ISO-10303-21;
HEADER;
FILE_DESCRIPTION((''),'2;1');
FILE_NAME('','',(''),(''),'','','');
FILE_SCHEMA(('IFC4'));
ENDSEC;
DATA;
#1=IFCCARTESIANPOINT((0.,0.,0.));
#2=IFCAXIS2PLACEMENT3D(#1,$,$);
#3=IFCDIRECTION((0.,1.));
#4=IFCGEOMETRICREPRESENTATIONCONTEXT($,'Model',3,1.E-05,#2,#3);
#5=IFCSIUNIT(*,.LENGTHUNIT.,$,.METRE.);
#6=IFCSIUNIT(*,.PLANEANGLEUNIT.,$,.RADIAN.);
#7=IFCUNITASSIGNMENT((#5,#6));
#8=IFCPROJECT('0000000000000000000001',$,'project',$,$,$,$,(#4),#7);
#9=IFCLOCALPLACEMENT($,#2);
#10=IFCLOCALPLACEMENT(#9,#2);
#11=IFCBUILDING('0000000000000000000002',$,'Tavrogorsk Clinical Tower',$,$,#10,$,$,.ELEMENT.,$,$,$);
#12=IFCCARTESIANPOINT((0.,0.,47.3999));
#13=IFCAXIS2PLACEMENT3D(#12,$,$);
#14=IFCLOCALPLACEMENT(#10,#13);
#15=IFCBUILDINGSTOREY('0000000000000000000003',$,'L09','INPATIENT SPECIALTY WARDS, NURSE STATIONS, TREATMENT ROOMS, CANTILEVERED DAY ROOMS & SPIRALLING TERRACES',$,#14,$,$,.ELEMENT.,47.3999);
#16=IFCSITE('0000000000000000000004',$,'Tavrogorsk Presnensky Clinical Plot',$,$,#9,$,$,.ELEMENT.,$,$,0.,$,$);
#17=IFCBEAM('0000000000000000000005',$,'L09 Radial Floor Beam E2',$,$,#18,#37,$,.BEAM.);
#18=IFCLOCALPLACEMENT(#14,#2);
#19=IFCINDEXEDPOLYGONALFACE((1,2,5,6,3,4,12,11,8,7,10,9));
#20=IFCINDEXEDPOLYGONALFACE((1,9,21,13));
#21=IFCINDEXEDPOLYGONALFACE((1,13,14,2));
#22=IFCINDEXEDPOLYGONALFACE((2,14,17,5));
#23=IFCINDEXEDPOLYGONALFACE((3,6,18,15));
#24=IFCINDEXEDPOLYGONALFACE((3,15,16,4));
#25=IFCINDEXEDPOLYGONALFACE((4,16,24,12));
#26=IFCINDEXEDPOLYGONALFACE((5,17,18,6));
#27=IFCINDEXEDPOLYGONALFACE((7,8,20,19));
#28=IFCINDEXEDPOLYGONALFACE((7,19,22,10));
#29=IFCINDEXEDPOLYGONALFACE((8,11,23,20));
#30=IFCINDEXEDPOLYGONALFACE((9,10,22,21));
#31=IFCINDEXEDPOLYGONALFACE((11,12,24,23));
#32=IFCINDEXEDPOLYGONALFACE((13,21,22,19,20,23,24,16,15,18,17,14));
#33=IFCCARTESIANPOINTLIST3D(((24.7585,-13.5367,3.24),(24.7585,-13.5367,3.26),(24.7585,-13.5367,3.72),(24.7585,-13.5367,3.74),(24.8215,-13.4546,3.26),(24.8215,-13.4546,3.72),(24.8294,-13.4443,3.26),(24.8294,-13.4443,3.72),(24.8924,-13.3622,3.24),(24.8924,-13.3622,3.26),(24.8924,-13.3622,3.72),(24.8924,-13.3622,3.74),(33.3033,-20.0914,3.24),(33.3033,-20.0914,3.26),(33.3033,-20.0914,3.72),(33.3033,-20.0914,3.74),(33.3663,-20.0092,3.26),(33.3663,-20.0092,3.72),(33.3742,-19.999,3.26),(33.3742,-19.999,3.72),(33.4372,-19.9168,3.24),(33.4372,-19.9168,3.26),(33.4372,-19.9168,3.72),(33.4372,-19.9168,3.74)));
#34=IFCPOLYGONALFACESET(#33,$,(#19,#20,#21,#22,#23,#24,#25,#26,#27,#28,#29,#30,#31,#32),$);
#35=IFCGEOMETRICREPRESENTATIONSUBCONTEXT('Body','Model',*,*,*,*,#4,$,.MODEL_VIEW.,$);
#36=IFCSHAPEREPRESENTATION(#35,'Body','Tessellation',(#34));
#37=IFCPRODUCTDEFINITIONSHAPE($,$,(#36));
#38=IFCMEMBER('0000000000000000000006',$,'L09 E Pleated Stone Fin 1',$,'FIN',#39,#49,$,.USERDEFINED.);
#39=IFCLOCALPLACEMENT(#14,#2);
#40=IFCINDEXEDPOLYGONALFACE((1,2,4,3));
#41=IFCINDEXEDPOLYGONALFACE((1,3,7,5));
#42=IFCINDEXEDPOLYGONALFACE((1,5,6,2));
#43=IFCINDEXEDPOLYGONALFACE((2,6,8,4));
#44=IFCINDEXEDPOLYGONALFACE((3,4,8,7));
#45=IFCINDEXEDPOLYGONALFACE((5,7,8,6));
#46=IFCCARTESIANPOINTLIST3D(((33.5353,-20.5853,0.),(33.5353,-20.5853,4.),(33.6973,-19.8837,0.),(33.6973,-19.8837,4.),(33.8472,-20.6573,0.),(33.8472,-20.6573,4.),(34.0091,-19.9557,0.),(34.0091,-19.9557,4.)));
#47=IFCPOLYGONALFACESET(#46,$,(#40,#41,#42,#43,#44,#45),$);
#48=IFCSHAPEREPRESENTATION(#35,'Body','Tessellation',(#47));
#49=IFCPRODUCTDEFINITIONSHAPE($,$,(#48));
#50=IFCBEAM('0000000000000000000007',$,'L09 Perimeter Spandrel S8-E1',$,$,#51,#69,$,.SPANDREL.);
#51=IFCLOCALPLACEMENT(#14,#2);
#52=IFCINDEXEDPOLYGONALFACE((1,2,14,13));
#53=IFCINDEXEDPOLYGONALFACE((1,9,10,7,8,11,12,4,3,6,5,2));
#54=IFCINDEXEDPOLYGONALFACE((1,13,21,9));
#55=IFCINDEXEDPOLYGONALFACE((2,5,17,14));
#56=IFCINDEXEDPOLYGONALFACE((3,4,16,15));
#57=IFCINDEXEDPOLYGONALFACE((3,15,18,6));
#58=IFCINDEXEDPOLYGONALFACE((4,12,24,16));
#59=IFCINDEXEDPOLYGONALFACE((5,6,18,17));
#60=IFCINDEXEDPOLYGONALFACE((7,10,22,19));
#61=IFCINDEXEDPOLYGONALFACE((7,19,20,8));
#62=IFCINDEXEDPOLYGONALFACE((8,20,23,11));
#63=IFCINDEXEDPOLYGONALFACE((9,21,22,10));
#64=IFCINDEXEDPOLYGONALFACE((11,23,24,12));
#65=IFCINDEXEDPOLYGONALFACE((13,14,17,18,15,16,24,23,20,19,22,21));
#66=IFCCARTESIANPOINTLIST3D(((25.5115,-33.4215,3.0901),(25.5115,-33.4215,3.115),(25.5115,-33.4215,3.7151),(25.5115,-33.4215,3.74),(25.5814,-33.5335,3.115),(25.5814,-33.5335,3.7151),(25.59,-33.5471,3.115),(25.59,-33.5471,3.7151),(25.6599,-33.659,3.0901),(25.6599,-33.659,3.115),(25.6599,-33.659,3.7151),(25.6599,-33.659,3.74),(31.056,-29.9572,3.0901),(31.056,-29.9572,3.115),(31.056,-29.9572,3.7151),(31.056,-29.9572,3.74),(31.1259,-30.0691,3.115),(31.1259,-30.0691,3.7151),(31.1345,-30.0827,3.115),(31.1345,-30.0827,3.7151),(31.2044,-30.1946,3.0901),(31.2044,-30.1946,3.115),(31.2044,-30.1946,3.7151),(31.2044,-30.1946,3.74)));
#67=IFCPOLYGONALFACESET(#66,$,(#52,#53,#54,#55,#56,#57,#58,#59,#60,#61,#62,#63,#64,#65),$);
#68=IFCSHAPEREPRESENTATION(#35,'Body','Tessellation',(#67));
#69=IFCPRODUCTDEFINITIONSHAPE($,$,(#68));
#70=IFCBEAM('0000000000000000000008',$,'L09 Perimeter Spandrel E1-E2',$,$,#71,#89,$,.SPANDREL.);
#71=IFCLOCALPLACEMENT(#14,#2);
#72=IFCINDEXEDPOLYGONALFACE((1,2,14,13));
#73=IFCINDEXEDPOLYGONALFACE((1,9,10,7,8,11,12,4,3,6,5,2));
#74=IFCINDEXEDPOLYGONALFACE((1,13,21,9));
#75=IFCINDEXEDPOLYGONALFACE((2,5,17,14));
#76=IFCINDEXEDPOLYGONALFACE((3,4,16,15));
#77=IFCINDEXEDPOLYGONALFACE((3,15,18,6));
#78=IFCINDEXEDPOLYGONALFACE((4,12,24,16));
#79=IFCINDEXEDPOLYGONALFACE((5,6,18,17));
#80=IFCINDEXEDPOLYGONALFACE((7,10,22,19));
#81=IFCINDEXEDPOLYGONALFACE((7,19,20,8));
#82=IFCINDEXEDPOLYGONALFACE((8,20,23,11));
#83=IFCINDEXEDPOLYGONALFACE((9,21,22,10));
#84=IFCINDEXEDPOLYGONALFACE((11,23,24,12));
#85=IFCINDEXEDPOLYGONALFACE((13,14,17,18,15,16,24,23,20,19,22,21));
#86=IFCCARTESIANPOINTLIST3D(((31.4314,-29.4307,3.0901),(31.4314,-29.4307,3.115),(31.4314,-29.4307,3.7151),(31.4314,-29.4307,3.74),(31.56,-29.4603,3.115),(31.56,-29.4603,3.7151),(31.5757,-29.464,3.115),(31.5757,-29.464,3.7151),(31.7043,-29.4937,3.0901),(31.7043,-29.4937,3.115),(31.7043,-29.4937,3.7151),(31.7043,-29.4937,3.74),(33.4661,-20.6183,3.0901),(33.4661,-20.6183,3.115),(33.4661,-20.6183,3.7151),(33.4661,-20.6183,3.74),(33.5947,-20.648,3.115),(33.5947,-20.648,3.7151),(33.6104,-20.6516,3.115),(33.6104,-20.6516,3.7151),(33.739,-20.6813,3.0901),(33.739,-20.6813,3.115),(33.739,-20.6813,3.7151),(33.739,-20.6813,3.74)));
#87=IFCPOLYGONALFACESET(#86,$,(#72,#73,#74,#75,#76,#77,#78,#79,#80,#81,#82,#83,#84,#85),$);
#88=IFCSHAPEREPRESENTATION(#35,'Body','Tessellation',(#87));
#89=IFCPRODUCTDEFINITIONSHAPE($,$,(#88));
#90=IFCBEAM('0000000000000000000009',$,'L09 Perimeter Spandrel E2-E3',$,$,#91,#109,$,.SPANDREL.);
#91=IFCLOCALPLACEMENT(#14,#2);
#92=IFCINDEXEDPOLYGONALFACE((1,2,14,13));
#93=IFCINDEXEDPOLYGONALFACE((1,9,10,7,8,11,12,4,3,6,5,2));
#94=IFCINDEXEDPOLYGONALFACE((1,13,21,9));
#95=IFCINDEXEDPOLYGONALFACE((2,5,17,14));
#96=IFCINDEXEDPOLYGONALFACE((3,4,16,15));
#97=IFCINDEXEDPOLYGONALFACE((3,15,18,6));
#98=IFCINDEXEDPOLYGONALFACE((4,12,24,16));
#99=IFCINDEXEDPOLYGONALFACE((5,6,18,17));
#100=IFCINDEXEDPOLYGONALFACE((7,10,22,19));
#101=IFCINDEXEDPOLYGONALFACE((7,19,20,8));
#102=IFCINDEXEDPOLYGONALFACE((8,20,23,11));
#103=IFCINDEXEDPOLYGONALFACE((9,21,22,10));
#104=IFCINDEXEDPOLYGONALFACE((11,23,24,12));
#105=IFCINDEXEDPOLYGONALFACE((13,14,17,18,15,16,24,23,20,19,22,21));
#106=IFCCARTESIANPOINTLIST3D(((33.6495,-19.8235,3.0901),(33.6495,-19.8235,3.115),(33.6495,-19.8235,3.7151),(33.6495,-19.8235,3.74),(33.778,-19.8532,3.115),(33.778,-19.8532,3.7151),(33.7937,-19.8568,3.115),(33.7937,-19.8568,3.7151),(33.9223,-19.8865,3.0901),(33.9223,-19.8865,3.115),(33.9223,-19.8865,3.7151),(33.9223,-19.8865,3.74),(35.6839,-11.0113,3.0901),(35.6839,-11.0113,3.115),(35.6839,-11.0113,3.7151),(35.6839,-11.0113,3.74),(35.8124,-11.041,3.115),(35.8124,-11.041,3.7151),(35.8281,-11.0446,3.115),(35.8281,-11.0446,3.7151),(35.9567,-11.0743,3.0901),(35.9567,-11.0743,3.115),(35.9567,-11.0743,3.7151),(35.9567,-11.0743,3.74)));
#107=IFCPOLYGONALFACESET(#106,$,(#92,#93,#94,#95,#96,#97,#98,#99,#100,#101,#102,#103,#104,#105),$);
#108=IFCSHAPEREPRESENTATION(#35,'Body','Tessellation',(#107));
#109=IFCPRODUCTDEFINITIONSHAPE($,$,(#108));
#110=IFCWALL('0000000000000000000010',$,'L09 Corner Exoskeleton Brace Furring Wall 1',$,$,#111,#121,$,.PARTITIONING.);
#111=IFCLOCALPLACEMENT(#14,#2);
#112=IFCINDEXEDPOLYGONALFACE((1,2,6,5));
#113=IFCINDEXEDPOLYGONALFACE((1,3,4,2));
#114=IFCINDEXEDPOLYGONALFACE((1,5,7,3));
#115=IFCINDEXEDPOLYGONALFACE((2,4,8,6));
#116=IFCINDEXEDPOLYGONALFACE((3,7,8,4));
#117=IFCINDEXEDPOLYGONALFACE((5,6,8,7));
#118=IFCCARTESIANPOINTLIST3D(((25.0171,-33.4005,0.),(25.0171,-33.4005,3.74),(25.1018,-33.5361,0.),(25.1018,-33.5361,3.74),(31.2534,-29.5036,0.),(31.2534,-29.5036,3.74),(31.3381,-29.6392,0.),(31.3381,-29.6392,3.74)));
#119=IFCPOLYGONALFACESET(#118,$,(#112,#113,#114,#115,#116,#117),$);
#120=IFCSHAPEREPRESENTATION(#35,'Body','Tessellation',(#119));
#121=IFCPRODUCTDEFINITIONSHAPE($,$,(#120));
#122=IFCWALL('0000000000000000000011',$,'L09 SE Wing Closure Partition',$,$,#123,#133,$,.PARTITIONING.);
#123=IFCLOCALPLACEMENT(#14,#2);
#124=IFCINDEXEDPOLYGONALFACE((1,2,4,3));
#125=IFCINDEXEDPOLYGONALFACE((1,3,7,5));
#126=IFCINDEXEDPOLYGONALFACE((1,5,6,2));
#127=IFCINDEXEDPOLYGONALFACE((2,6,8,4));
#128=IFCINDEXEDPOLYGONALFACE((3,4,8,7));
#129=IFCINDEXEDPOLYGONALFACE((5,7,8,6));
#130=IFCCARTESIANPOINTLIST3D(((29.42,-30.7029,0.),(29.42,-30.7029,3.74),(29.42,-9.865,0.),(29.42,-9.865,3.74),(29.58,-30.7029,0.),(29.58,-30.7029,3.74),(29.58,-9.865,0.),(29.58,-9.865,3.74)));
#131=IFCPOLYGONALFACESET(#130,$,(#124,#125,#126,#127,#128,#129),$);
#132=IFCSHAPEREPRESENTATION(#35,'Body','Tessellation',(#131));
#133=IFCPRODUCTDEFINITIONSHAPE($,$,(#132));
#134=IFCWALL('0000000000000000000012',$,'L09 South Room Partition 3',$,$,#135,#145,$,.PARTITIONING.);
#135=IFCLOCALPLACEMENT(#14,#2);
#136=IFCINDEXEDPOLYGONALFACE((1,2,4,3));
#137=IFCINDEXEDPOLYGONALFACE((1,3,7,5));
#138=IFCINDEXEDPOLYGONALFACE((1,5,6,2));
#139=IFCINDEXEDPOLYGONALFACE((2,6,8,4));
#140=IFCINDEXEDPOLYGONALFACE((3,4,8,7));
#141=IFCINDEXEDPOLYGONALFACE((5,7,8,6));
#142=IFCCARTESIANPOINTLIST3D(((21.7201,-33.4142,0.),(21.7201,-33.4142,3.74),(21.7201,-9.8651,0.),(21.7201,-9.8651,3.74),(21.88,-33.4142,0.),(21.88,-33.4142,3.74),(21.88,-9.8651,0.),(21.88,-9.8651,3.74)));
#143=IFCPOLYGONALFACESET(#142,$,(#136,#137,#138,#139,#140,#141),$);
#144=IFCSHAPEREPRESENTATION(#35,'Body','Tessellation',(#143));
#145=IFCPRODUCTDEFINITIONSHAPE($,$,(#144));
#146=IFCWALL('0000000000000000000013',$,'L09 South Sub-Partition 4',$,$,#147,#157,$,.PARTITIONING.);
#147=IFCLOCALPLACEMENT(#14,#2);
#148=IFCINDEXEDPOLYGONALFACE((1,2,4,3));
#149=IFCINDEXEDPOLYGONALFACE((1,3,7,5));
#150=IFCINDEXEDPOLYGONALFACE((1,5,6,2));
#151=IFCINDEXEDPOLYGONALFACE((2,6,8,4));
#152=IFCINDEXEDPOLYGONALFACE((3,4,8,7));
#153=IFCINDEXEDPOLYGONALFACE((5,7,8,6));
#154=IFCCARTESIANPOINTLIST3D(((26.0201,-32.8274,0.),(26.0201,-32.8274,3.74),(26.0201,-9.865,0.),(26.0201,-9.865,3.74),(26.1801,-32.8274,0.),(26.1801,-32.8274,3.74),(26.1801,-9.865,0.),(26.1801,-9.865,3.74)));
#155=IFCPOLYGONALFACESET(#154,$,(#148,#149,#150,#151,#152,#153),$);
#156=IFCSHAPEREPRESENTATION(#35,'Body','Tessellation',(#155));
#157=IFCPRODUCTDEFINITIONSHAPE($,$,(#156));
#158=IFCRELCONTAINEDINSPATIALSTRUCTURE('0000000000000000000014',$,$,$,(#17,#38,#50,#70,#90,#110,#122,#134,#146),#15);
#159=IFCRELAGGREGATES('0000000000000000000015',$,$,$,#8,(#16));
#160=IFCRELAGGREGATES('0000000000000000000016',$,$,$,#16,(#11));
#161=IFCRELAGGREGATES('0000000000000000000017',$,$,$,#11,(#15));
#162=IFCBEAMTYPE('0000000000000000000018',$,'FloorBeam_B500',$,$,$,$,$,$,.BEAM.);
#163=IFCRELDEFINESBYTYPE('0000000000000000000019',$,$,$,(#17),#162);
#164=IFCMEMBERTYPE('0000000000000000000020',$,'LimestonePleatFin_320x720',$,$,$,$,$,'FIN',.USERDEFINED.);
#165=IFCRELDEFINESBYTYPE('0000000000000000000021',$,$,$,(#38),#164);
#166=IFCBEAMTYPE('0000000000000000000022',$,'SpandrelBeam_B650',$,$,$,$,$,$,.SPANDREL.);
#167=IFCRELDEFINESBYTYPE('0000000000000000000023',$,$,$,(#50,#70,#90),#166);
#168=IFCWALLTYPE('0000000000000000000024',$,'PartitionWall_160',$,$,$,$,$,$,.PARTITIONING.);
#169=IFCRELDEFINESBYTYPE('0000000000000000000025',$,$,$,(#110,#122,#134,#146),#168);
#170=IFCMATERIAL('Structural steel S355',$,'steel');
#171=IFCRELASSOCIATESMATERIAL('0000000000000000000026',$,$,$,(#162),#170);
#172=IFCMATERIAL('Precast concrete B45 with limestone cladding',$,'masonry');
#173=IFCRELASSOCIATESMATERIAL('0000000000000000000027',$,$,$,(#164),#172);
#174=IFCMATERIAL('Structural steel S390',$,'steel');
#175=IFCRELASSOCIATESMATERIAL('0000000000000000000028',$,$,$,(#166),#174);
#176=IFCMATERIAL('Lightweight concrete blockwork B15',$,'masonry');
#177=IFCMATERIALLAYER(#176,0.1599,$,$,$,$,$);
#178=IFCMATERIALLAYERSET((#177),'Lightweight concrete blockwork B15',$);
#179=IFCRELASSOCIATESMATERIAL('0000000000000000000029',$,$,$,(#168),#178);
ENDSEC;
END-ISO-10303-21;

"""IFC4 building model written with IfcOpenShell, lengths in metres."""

from ifc_helpers import new_model, si_unit, direction, frame, frame_2d, origin, origin_2d, place, context, subcontext, project, spatial, rectangle, i_section, extrude, material, layer, layer_set, material_profile, profile_set, type_object, element, save


model = new_model("IFC4")

# Units and contexts
model_context = context("Model", 3, precision=1e-05, world=origin(), true_north=direction((0.0, 1.0)))
body_context = subcontext(model_context, "Body", "Model", "MODEL_VIEW")
ifc_project = project(units=[si_unit("LENGTHUNIT", "METRE"), si_unit("PLANEANGLEUNIT", "RADIAN")], contexts=[model_context])

# Site, building, storey
site_placement = place(None, origin())
site = spatial("IfcSite", under=ifc_project, at=site_placement, Name="Tavrogorsk Presnensky Clinical Plot", CompositionType="ELEMENT", RefElevation=0.0)
building_placement = place(site_placement, origin())
building = spatial("IfcBuilding", under=site, at=building_placement, Name="Tavrogorsk Clinical Tower", CompositionType="ELEMENT")
storey_placement = place(building_placement, frame((0.0, 0.0, 47.3999)))
storey = spatial("IfcBuildingStorey", under=building, at=storey_placement, Name="L09", Description="INPATIENT SPECIALTY WARDS, NURSE STATIONS, TREATMENT ROOMS, CANTILEVERED DAY ROOMS & SPIRALLING TERRACES", CompositionType="ELEMENT", Elevation=47.3999)

# Beam
ifc_material_1 = material(Name="Structural steel S355", Category="steel")
ifc_material_profile_1 = material_profile(ifc_material_1, i_section(OverallWidth=0.22, OverallDepth=0.5, WebThickness=0.0129, FlangeThickness=0.02, at=origin_2d()), Name="B-500x220x13x20")
ifc_profile_set_1 = profile_set([ifc_material_profile_1], Name="Structural steel S355")
beam_type_1 = type_object("IfcBeamType", Name="FloorBeam_B500", PredefinedType="BEAM", material=ifc_profile_set_1)
beam_1_placement = place(storey_placement, frame((24.8254, -13.4495, 3.49), z_axis=(0.793446, -0.608641, 0.0), x_axis=(0.608641, 0.793446, 0.0)))
element("IfcBeam", 1, at=beam_1_placement, inside=storey, type_object=beam_type_1, Name="L09 Radial Floor Beam E2", PredefinedType="BEAM", context=body_context, shape_type="SweptSolid", body=[
    extrude(i_section(OverallWidth=0.22, OverallDepth=0.5, WebThickness=0.0129, FlangeThickness=0.02, at=origin_2d()), origin(), (0.0, 0.0, 1.0), 10.7693),
])

# Member
ifc_material_2 = material(Name="Precast concrete B45 with limestone cladding", Category="masonry")
ifc_material_profile_2 = material_profile(ifc_material_2, rectangle(XDim=0.3201, YDim=0.72, at=origin_2d()), Name="LIMESTONE-FIN-320x720")
ifc_profile_set_2 = profile_set([ifc_material_profile_2], Name="Precast concrete B45 with limestone cladding")
member_type_1 = type_object("IfcMemberType", Name="LimestonePleatFin_320x720", ElementType="FIN", PredefinedType="USERDEFINED", material=ifc_profile_set_2)
member_1_placement = place(storey_placement, frame((33.7722, -20.2705, 0.0), z_axis=(0.0, 0.0, 1.0), x_axis=(0.97437, -0.224951, 0.0)))
element("IfcMember", 2, at=member_1_placement, inside=storey, type_object=member_type_1, Name="L09 E Pleated Stone Fin 1", ObjectType="FIN", PredefinedType="USERDEFINED", context=body_context, shape_type="SweptSolid", body=[
    extrude(rectangle(XDim=0.3201, YDim=0.72, at=origin_2d()), origin(), (0.0, 0.0, 1.0), 4.0),
])

# Beams
ifc_material_3 = material(Name="Structural steel S390", Category="steel")
ifc_material_profile_3 = material_profile(ifc_material_3, i_section(OverallWidth=0.28, OverallDepth=0.6499, WebThickness=0.0161, FlangeThickness=0.0249, at=origin_2d()), Name="B-650x280x16x25")
ifc_profile_set_3 = profile_set([ifc_material_profile_3], Name="Structural steel S390")
beam_type_2 = type_object("IfcBeamType", Name="SpandrelBeam_B650", PredefinedType="SPANDREL", material=ifc_profile_set_3)
beam_2_placement = place(storey_placement, frame((25.5857, -33.5403, 3.415), z_axis=(0.848061, 0.529898, 0.0), x_axis=(-0.529898, 0.848061, 0.0)))
element("IfcBeam", 3, at=beam_2_placement, inside=storey, type_object=beam_type_2, Name="L09 Perimeter Spandrel S8-E1", PredefinedType="SPANDREL", context=body_context, shape_type="SweptSolid", body=[
    extrude(i_section(OverallWidth=0.28, OverallDepth=0.6499, WebThickness=0.0161, FlangeThickness=0.0249, at=origin_2d()), origin(), (0.0, 0.0, 1.0), 6.5378),
])
beam_3_placement = place(storey_placement, frame((31.5679, -29.4622, 3.415), z_axis=(0.224972, 0.974365, 0.0), x_axis=(-0.974365, 0.224972, 0.0)))
element("IfcBeam", 4, at=beam_3_placement, inside=storey, type_object=beam_type_2, Name="L09 Perimeter Spandrel E1-E2", PredefinedType="SPANDREL", context=body_context, shape_type="SweptSolid", body=[
    extrude(i_section(OverallWidth=0.28, OverallDepth=0.6499, WebThickness=0.0161, FlangeThickness=0.0249, at=origin_2d()), origin(), (0.0, 0.0, 1.0), 9.0442),
])
beam_4_placement = place(storey_placement, frame((33.7859, -19.855, 3.415), z_axis=(0.224946, 0.974371, 0.0), x_axis=(-0.974371, 0.224946, 0.0)))
element("IfcBeam", 5, at=beam_4_placement, inside=storey, type_object=beam_type_2, Name="L09 Perimeter Spandrel E2-E3", PredefinedType="SPANDREL", context=body_context, shape_type="SweptSolid", body=[
    extrude(i_section(OverallWidth=0.28, OverallDepth=0.6499, WebThickness=0.0161, FlangeThickness=0.0249, at=origin_2d()), origin(), (0.0, 0.0, 1.0), 9.0439),
])

# Walls
ifc_material_4 = material(Name="Lightweight concrete blockwork B15", Category="masonry")
ifc_layer_1 = layer(ifc_material_4, 0.1599)
ifc_layer_set_1 = layer_set([ifc_layer_1], Name="Lightweight concrete blockwork B15")
wall_type_1 = type_object("IfcWallType", Name="PartitionWall_160", PredefinedType="PARTITIONING", material=ifc_layer_set_1)
wall_1_placement = place(storey_placement, frame((25.0596, -33.4683, 0.0), z_axis=(0.0, 0.0, 1.0), x_axis=(0.848043, 0.529927, 0.0)))
element("IfcWall", 6, at=wall_1_placement, inside=storey, type_object=wall_type_1, Name="L09 Corner Exoskeleton Brace Furring Wall 1", PredefinedType="PARTITIONING", context=body_context, shape_type="SweptSolid", body=[
    extrude(rectangle(XDim=7.3538, YDim=0.1599, at=frame_2d((3.6768, 0.0))), origin(), (0.0, 0.0, 1.0), 3.74),
])
wall_2_placement = place(storey_placement, frame((29.5, -30.7029, 0.0), z_axis=(0.0, 0.0, 1.0), x_axis=(0.0, 1.0, 0.0)))
element("IfcWall", 7, at=wall_2_placement, inside=storey, type_object=wall_type_1, Name="L09 SE Wing Closure Partition", PredefinedType="PARTITIONING", context=body_context, shape_type="SweptSolid", body=[
    extrude(rectangle(XDim=20.8379, YDim=0.1599, at=frame_2d((10.4189, 0.0))), origin(), (0.0, 0.0, 1.0), 3.74),
])
wall_3_placement = place(storey_placement, frame((21.8, -33.4141, 0.0), z_axis=(0.0, 0.0, 1.0), x_axis=(0.0, 1.0, 0.0)))
element("IfcWall", 8, at=wall_3_placement, inside=storey, type_object=wall_type_1, Name="L09 South Room Partition 3", PredefinedType="PARTITIONING", context=body_context, shape_type="SweptSolid", body=[
    extrude(rectangle(XDim=23.5491, YDim=0.1599, at=frame_2d((11.7744, 0.0))), origin(), (0.0, 0.0, 1.0), 3.74),
])
wall_4_placement = place(storey_placement, frame((26.1001, -32.8274, 0.0), z_axis=(0.0, 0.0, 1.0), x_axis=(0.0, 1.0, 0.0)))
element("IfcWall", 9, at=wall_4_placement, inside=storey, type_object=wall_type_1, Name="L09 South Sub-Partition 4", PredefinedType="PARTITIONING", context=body_context, shape_type="SweptSolid", body=[
    extrude(rectangle(XDim=22.9624, YDim=0.1599, at=frame_2d((11.4812, 0.0))), origin(), (0.0, 0.0, 1.0), 3.74),
])

save(model, "model.ifc")
